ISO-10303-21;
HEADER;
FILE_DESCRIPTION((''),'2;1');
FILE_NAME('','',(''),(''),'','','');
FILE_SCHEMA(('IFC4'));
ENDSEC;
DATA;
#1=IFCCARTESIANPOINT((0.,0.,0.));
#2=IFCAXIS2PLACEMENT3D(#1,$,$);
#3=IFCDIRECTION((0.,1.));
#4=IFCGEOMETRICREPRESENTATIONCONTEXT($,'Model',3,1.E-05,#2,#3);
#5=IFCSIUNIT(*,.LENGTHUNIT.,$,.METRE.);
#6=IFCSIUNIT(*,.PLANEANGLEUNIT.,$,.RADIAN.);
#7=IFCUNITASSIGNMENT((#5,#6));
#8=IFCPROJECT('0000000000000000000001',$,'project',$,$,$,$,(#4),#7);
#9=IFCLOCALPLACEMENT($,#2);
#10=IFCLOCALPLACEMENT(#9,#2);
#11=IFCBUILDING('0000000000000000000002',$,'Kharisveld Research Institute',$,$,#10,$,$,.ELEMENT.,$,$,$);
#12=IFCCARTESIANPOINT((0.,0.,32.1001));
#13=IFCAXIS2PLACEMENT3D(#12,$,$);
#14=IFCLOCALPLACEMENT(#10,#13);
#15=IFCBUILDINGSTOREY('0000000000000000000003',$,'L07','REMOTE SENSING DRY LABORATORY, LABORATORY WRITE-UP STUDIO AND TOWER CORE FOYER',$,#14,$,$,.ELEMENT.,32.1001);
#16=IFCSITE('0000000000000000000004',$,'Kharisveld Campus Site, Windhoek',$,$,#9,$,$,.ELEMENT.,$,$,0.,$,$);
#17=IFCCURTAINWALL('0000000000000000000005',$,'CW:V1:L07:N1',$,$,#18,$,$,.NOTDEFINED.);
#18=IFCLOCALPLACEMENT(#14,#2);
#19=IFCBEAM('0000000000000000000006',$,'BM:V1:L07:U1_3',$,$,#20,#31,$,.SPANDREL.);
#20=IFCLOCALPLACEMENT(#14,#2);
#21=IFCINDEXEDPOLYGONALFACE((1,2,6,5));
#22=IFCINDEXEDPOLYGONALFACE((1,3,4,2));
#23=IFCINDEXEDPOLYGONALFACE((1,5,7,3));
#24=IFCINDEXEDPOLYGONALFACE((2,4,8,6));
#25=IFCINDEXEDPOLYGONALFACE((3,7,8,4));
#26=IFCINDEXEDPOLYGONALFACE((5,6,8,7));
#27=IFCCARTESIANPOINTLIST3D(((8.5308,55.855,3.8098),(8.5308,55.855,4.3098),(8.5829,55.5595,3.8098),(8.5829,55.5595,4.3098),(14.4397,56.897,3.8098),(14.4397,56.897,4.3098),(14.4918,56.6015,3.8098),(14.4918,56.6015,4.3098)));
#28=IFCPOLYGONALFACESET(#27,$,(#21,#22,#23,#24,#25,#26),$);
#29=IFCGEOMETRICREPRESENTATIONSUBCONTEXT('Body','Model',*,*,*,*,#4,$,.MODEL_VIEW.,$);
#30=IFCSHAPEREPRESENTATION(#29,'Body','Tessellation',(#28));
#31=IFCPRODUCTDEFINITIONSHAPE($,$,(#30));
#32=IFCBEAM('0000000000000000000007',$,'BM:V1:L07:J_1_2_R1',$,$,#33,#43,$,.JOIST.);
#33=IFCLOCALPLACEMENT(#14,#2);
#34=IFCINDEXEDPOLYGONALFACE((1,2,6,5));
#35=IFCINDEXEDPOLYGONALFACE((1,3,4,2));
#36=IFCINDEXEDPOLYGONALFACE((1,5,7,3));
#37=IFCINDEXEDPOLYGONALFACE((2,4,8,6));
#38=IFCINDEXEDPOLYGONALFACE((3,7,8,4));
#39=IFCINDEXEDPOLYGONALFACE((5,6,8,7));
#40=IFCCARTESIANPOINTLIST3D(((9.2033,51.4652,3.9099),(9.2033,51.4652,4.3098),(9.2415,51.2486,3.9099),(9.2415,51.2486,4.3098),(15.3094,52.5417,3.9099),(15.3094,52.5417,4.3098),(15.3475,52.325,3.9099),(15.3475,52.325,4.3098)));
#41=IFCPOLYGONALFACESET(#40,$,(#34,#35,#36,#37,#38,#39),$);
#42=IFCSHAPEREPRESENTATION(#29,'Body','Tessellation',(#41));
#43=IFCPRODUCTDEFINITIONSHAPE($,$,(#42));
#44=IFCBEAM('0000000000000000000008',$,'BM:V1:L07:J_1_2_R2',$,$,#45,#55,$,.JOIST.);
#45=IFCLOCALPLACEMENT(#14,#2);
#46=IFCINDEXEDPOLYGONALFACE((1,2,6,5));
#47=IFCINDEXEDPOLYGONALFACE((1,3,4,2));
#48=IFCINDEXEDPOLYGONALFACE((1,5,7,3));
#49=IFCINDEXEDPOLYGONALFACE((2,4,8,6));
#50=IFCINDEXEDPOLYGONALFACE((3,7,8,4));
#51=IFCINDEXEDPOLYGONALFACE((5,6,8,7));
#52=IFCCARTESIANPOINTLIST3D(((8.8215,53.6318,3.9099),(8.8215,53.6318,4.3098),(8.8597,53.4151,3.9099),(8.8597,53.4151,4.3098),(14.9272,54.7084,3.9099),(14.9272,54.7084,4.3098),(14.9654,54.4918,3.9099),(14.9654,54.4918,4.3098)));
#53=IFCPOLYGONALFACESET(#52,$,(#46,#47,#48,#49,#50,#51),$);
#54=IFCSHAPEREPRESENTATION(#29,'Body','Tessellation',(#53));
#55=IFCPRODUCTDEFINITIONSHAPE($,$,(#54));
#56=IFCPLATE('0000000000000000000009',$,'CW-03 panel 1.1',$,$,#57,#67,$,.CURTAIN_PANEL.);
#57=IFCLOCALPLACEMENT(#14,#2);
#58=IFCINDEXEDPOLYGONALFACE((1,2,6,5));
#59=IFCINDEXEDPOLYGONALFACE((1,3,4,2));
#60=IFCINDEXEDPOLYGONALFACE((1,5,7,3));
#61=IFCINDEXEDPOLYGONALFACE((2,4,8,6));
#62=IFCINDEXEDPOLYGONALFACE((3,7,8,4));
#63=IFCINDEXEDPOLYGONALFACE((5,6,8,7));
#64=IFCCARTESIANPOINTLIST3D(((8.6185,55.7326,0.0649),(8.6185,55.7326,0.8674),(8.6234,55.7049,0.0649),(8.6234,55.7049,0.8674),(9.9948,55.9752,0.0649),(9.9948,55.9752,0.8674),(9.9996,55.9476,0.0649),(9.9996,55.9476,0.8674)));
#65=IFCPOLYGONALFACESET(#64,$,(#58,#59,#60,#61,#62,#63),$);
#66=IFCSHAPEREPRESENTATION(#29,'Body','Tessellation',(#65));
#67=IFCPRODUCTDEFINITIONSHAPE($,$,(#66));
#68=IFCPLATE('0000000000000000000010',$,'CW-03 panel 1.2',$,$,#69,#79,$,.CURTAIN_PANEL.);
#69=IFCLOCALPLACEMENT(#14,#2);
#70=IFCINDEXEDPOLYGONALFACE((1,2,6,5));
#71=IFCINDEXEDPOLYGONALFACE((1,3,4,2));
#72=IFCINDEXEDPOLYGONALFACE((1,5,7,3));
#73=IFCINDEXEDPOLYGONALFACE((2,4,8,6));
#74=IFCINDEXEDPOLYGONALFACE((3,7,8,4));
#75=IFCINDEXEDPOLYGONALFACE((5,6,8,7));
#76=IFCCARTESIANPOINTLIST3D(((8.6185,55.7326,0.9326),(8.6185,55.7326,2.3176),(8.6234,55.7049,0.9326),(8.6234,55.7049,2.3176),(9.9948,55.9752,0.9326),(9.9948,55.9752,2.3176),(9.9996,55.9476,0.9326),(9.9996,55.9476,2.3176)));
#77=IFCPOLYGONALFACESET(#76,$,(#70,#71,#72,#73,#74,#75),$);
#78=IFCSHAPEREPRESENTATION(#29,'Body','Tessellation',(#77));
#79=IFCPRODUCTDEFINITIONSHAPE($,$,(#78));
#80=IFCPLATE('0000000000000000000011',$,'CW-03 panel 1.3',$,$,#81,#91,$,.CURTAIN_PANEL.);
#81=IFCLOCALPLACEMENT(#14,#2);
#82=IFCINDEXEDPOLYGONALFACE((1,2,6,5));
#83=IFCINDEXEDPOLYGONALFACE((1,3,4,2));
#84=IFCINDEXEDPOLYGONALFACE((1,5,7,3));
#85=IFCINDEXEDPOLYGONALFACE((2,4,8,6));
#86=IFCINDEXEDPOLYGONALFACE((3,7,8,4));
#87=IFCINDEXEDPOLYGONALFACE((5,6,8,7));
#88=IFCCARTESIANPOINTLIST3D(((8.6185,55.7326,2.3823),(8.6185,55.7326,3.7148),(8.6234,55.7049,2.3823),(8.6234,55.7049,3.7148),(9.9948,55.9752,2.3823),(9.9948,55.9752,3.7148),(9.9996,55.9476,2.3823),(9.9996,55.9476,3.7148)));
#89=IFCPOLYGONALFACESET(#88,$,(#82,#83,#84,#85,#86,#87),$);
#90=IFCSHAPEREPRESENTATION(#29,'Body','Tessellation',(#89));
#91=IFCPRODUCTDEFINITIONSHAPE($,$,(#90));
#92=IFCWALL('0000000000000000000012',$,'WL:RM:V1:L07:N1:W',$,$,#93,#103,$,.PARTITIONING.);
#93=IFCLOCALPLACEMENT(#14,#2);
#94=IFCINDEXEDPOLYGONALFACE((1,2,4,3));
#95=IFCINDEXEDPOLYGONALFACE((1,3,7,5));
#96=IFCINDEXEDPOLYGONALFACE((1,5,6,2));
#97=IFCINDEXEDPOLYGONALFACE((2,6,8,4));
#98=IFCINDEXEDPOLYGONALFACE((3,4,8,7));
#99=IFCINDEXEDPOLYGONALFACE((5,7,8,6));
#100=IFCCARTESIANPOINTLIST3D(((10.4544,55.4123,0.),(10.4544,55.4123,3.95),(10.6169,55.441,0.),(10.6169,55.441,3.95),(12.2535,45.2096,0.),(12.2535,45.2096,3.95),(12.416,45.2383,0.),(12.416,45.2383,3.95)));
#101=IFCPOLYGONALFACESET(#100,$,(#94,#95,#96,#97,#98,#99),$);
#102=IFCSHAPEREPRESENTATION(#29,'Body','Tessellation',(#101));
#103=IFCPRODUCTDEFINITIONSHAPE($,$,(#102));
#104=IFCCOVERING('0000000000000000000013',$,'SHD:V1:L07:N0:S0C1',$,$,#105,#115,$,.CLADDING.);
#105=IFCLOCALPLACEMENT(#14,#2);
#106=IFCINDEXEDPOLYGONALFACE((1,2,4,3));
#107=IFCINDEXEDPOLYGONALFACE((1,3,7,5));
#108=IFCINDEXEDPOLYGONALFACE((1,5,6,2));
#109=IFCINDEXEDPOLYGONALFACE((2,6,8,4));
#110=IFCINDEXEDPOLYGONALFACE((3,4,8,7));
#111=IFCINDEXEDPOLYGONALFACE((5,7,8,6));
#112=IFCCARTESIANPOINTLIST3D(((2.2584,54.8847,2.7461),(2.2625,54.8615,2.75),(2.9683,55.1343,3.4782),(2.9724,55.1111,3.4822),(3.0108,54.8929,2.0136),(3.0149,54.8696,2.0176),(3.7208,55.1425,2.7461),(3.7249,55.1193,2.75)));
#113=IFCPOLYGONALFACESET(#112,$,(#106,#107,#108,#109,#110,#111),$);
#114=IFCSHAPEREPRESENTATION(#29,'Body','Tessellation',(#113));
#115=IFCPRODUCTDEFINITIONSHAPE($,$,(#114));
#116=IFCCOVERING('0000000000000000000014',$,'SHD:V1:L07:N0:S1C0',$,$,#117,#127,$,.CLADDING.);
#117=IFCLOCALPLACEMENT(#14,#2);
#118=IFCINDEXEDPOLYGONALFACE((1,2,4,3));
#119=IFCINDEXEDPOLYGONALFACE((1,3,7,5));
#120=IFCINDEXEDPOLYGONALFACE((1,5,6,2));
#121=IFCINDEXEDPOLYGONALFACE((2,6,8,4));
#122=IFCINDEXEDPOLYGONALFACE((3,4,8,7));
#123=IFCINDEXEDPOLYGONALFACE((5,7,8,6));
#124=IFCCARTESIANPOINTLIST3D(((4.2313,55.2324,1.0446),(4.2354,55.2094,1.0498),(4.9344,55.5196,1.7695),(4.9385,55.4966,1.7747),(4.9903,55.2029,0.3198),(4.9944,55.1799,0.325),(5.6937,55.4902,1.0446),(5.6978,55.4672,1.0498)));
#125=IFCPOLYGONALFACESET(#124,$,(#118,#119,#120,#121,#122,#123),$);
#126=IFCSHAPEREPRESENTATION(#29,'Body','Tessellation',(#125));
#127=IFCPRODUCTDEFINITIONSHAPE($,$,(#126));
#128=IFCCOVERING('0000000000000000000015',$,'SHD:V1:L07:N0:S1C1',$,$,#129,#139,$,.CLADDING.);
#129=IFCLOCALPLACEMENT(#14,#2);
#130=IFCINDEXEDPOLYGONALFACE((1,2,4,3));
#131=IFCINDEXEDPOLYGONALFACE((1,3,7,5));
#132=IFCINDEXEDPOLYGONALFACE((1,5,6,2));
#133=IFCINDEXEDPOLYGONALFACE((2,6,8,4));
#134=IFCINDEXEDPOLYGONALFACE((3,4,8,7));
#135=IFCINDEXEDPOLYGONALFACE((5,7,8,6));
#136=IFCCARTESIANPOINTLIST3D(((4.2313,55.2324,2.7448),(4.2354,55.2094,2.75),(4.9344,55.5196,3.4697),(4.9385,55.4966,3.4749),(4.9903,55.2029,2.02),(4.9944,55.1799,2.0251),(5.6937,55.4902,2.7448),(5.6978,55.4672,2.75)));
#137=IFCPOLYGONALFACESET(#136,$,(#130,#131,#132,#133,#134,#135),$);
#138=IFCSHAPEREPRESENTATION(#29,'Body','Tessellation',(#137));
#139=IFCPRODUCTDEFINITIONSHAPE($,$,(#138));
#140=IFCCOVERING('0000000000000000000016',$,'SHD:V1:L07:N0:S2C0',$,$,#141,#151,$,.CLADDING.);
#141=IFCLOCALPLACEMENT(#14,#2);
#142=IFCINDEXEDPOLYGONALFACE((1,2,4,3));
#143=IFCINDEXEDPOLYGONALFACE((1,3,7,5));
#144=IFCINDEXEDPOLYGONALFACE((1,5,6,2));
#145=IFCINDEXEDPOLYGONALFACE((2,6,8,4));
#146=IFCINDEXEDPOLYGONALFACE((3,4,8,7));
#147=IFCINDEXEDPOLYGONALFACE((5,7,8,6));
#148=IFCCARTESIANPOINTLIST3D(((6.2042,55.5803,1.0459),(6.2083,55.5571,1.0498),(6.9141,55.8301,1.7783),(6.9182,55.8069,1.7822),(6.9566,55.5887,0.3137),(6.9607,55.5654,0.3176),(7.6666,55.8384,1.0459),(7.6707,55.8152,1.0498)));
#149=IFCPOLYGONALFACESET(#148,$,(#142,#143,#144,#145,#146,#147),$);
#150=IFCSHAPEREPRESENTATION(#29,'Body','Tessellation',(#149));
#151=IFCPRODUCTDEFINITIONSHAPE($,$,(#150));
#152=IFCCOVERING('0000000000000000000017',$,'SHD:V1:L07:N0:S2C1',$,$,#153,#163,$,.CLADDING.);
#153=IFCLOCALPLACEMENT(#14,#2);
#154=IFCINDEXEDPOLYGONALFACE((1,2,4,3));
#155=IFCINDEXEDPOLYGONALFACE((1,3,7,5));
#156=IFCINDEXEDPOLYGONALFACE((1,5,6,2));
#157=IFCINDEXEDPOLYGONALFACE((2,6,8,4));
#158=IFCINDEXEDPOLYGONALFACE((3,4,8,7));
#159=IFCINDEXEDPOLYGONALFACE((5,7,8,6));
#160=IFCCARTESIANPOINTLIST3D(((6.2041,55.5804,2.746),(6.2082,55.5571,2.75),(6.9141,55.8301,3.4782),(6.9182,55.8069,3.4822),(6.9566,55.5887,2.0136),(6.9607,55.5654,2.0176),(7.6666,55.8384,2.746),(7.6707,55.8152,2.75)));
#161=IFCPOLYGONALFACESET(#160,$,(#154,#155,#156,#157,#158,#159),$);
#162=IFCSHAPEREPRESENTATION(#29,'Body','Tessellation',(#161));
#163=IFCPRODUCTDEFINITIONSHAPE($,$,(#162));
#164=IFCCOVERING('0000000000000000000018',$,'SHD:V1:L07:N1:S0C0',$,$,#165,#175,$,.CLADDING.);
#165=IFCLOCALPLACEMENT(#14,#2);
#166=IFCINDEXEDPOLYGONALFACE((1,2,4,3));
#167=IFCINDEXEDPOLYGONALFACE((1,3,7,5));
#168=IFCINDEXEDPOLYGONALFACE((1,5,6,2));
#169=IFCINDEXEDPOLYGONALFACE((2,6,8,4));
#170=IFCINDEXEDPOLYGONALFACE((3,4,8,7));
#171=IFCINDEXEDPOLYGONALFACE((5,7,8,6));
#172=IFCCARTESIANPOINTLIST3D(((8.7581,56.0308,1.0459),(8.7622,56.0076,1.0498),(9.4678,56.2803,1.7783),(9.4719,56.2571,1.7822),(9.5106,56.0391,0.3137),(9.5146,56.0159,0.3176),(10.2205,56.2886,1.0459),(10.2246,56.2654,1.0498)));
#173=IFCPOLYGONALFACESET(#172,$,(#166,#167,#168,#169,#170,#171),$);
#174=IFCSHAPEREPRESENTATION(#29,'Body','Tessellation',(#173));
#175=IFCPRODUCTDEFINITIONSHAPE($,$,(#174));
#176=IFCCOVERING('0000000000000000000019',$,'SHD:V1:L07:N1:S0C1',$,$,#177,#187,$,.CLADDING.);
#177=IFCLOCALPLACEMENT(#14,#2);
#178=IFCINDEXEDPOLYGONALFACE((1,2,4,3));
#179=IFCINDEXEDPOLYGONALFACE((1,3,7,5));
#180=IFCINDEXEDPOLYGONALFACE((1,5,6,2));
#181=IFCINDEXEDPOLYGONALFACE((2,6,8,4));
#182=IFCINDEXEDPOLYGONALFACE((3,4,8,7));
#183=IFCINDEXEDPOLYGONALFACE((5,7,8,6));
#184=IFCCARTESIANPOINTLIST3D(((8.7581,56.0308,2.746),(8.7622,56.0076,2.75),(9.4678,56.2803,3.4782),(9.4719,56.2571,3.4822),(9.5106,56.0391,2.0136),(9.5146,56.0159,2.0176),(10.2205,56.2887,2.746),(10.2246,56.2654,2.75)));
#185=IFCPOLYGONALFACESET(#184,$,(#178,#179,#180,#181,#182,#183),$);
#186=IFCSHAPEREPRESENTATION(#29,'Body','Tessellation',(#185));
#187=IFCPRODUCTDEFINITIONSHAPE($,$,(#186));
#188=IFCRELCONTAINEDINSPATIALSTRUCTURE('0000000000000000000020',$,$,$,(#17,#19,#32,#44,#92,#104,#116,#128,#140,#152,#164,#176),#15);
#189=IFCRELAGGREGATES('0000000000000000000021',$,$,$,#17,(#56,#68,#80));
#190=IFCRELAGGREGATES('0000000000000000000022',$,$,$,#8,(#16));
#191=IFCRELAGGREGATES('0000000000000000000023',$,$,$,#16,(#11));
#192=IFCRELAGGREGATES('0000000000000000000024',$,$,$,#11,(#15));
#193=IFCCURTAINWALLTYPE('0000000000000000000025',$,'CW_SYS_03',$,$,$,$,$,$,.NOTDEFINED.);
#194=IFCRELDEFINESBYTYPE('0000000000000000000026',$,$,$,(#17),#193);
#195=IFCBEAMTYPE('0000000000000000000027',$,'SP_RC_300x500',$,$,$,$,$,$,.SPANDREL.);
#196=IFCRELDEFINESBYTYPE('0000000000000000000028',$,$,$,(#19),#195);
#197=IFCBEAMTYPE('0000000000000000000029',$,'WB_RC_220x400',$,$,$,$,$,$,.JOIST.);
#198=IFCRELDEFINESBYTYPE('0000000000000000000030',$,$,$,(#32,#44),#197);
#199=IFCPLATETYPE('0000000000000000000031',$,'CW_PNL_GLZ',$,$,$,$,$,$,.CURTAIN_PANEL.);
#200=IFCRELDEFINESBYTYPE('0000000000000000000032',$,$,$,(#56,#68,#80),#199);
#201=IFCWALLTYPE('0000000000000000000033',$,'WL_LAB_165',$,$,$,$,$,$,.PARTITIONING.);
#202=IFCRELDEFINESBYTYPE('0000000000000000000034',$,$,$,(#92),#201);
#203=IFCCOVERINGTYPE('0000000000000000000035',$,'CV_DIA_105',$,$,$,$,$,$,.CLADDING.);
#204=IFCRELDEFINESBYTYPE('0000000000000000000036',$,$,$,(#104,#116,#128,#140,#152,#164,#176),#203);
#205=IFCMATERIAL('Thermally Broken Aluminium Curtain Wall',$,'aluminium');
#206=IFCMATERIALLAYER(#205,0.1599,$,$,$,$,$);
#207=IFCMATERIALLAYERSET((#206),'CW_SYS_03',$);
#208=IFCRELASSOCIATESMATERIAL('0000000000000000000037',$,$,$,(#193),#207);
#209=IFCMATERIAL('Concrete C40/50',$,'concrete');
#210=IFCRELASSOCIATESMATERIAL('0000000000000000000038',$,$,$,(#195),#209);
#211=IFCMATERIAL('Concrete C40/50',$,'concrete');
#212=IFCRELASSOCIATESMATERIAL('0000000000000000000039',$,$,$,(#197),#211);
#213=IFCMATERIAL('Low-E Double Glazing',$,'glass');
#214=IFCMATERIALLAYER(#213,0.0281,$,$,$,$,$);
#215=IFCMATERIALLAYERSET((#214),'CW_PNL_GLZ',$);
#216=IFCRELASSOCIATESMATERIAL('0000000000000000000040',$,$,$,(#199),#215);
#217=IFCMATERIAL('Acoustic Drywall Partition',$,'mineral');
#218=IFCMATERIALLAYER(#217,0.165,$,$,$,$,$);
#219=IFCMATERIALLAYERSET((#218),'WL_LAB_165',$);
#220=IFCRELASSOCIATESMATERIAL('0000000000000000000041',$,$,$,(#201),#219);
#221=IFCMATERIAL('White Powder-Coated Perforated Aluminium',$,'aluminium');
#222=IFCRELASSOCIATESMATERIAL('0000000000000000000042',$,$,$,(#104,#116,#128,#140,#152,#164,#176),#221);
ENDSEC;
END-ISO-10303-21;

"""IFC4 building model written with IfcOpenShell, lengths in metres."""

from ifc_helpers import new_model, si_unit, direction, frame, frame_2d, origin, origin_2d, place, context, subcontext, project, spatial, polyline, rectangle, outline, extrude, material, layer, layer_set, material_profile, profile_set, type_object, element, aggregate, save


model = new_model("IFC4")

# Units and contexts
model_context = context("Model", 3, precision=1e-05, world=origin(), true_north=direction((0.0, 1.0)))
body_context = subcontext(model_context, "Body", "Model", "MODEL_VIEW")
ifc_project = project(units=[si_unit("LENGTHUNIT", "METRE"), si_unit("PLANEANGLEUNIT", "RADIAN")], contexts=[model_context])

# Site, building, storey
site_placement = place(None, origin())
site = spatial("IfcSite", under=ifc_project, at=site_placement, Name="Kharisveld Campus Site, Windhoek", CompositionType="ELEMENT", RefElevation=0.0)
building_placement = place(site_placement, origin())
building = spatial("IfcBuilding", under=site, at=building_placement, Name="Kharisveld Research Institute", CompositionType="ELEMENT")
storey_placement = place(building_placement, frame((0.0, 0.0, 32.1001)))
storey = spatial("IfcBuildingStorey", under=building, at=storey_placement, Name="L07", Description="REMOTE SENSING DRY LABORATORY, LABORATORY WRITE-UP STUDIO AND TOWER CORE FOYER", CompositionType="ELEMENT", Elevation=32.1001)

# Curtain wall
ifc_material_1 = material(Name="Thermally Broken Aluminium Curtain Wall", Category="aluminium")
ifc_layer_1 = layer(ifc_material_1, 0.1599)
ifc_layer_set_1 = layer_set([ifc_layer_1], Name="CW_SYS_03")
curtain_wall_type = type_object("IfcCurtainWallType", Name="CW_SYS_03", PredefinedType="NOTDEFINED", material=ifc_layer_set_1)
curtain_wall_placement = place(storey_placement, origin())
curtain_wall = element("IfcCurtainWall", 1, at=curtain_wall_placement, inside=storey, type_object=curtain_wall_type, Name="CW:V1:L07:N1", PredefinedType="NOTDEFINED")

# Beams
ifc_material_2 = material(Name="Concrete C40/50", Category="concrete")
ifc_material_profile_1 = material_profile(ifc_material_2, rectangle(XDim=0.3, YDim=0.5, at=origin_2d()))
ifc_profile_set_1 = profile_set([ifc_material_profile_1], Name="Concrete C40/50")
beam_type_1 = type_object("IfcBeamType", Name="SP_RC_300x500", PredefinedType="SPANDREL", material=ifc_profile_set_1)
beam_1_placement = place(storey_placement, frame((8.5569, 55.7073, 4.0598), z_axis=(0.984805, 0.173662, 0.0), x_axis=(-0.173662, 0.984805, 0.0)))
element("IfcBeam", 2, at=beam_1_placement, inside=storey, type_object=beam_type_1, Name="BM:V1:L07:U1_3", PredefinedType="SPANDREL", context=body_context, shape_type="SweptSolid", body=[
    extrude(rectangle(XDim=0.3, YDim=0.5, at=origin_2d()), origin(), (0.0, 0.0, 1.0), 6.0),
])
ifc_material_3 = material(Name="Concrete C40/50", Category="concrete")
ifc_material_profile_2 = material_profile(ifc_material_3, rectangle(XDim=0.22, YDim=0.3999, at=origin_2d()))
ifc_profile_set_2 = profile_set([ifc_material_profile_2], Name="Concrete C40/50")
beam_type_2 = type_object("IfcBeamType", Name="WB_RC_220x400", PredefinedType="JOIST", material=ifc_profile_set_2)
beam_2_placement = place(storey_placement, frame((9.2224, 51.3569, 4.1099), z_axis=(0.984814, 0.173612, 0.0), x_axis=(-0.173612, 0.984814, 0.0)))
element("IfcBeam", 3, at=beam_2_placement, inside=storey, type_object=beam_type_2, Name="BM:V1:L07:J_1_2_R1", PredefinedType="JOIST", context=body_context, shape_type="SweptSolid", body=[
    extrude(rectangle(XDim=0.22, YDim=0.3999, at=origin_2d()), origin(), (0.0, 0.0, 1.0), 6.2002),
])
beam_3_placement = place(storey_placement, frame((8.8406, 53.5234, 4.1099), z_axis=(0.984806, 0.173657, 0.0), x_axis=(-0.173657, 0.984806, 0.0)))
element("IfcBeam", 4, at=beam_3_placement, inside=storey, type_object=beam_type_2, Name="BM:V1:L07:J_1_2_R2", PredefinedType="JOIST", context=body_context, shape_type="SweptSolid", body=[
    extrude(rectangle(XDim=0.22, YDim=0.3999, at=origin_2d()), origin(), (0.0, 0.0, 1.0), 6.2),
])

# Plates
ifc_material_4 = material(Name="Low-E Double Glazing", Category="glass")
ifc_layer_2 = layer(ifc_material_4, 0.0281)
ifc_layer_set_2 = layer_set([ifc_layer_2], Name="CW_PNL_GLZ")
plate_type = type_object("IfcPlateType", Name="CW_PNL_GLZ", PredefinedType="CURTAIN_PANEL", material=ifc_layer_set_2)
plate_1_placement = place(storey_placement, frame((9.3091, 55.8401, 0.0649), z_axis=(0.0, 0.0, 1.0), x_axis=(0.984808, 0.173648, 0.0)))
plate_1 = element("IfcPlate", 5, at=plate_1_placement, type_object=plate_type, Name="CW-03 panel 1.1", PredefinedType="CURTAIN_PANEL", context=body_context, shape_type="SweptSolid", body=[
    extrude(rectangle(XDim=1.3975, YDim=0.0281, at=origin_2d()), origin(), (0.0, 0.0, 1.0), 0.8025),
])
plate_2_placement = place(storey_placement, frame((9.3091, 55.8401, 0.9326), z_axis=(0.0, 0.0, 1.0), x_axis=(0.984808, 0.173648, 0.0)))
plate_2 = element("IfcPlate", 6, at=plate_2_placement, type_object=plate_type, Name="CW-03 panel 1.2", PredefinedType="CURTAIN_PANEL", context=body_context, shape_type="SweptSolid", body=[
    extrude(rectangle(XDim=1.3975, YDim=0.0281, at=origin_2d()), origin(), (0.0, 0.0, 1.0), 1.385),
])
plate_3_placement = place(storey_placement, frame((9.3091, 55.8401, 2.3823), z_axis=(0.0, 0.0, 1.0), x_axis=(0.984808, 0.173648, 0.0)))
plate_3 = element("IfcPlate", 7, at=plate_3_placement, type_object=plate_type, Name="CW-03 panel 1.3", PredefinedType="CURTAIN_PANEL", context=body_context, shape_type="SweptSolid", body=[
    extrude(rectangle(XDim=1.3975, YDim=0.0281, at=origin_2d()), origin(), (0.0, 0.0, 1.0), 1.3325),
])
aggregate(curtain_wall, [plate_1, plate_2, plate_3])

# Wall
ifc_material_5 = material(Name="Acoustic Drywall Partition", Category="mineral")
ifc_layer_3 = layer(ifc_material_5, 0.165)
ifc_layer_set_3 = layer_set([ifc_layer_3], Name="WL_LAB_165")
wall_type = type_object("IfcWallType", Name="WL_LAB_165", PredefinedType="PARTITIONING", material=ifc_layer_set_3)
wall_placement = place(storey_placement, frame((10.5356, 55.4268, 0.0), z_axis=(0.0, 0.0, 1.0), x_axis=(0.173655, -0.984807, 0.0)))
element("IfcWall", 8, at=wall_placement, inside=storey, type_object=wall_type, Name="WL:RM:V1:L07:N1:W", PredefinedType="PARTITIONING", context=body_context, shape_type="SweptSolid", body=[
    extrude(rectangle(XDim=10.3601, YDim=0.165, at=frame_2d((5.1802, 0.0))), origin(), (0.0, 0.0, 1.0), 3.95),
])

# Coverings
ifc_material_6 = material(Name="White Powder-Coated Perforated Aluminium", Category="aluminium")
covering_type = type_object("IfcCoveringType", Name="CV_DIA_105", PredefinedType="CLADDING")
covering_1_placement = place(storey_placement, frame((3.0149, 54.8696, 2.0176), z_axis=(0.171234, -0.971299, 0.165096), x_axis=(0.676058, 0.237732, 0.697445)))
element("IfcCovering", 9, at=covering_1_placement, inside=storey, type_object=covering_type, material=ifc_material_6, Name="SHD:V1:L07:N0:S0C1", PredefinedType="CLADDING", context=body_context, shape_type="SweptSolid", body=[
    extrude(outline(polyline([(0.0, 0.0), (1.0502, 0.0), (1.0502, 1.0499), (0.0002, 1.0501), (0.0, 0.0)])), origin(), (0.0, 0.0, -1.0), 0.0239),
])
for number, where, z_axis, x_axis, name in (
    (10, (4.9944, 55.1799, 0.325), (0.169497, -0.961447, 0.21654), (0.669826, 0.273555, 0.69029), "SHD:V1:L07:N0:S1C0"),
    (11, (4.9944, 55.1799, 2.0251), (0.169497, -0.961447, 0.21654), (0.669826, 0.273555, 0.69029), "SHD:V1:L07:N0:S1C1"),
):
    element("IfcCovering", number, at=place(storey_placement, frame(where, z_axis=z_axis, x_axis=x_axis)), inside=storey, type_object=covering_type, material=ifc_material_6, Name=name, PredefinedType="CLADDING", context=body_context, shape_type="SweptSolid", body=[
        extrude(outline(polyline([(0.0, 0.0), (1.0501, 0.0), (1.0499, 1.0501), (0.0, 1.05), (0.0, 0.0)])), origin(), (0.0, 0.0, -1.0), 0.0239),
    ])
covering_2_placement = place(storey_placement, frame((6.9607, 55.5654, 0.3176), z_axis=(0.171391, -0.971272, 0.165096), x_axis=(0.676154, 0.237843, 0.697313)))
element("IfcCovering", 12, at=covering_2_placement, inside=storey, type_object=covering_type, material=ifc_material_6, Name="SHD:V1:L07:N0:S2C0", PredefinedType="CLADDING", context=body_context, shape_type="SweptSolid", body=[
    extrude(outline(polyline([(0.0, 0.0), (1.05, 0.0), (1.05, 1.0501), (-0.0002, 1.0499), (0.0, 0.0)])), origin(), (0.0, 0.0, -1.0), 0.0239),
])
covering_3_placement = place(storey_placement, frame((6.9607, 55.5654, 2.0176), z_axis=(0.171391, -0.971272, 0.165096), x_axis=(0.676038, 0.237842, 0.697426)))
element("IfcCovering", 13, at=covering_3_placement, inside=storey, type_object=covering_type, material=ifc_material_6, Name="SHD:V1:L07:N0:S2C1", PredefinedType="CLADDING", context=body_context, shape_type="SweptSolid", body=[
    extrude(outline(polyline([(0.0, 0.0), (1.0502, 0.0), (1.0502, 1.0499), (0.0002, 1.0501), (0.0, 0.0)])), origin(), (0.0, 0.0, -1.0), 0.0239),
])
covering_4_placement = place(storey_placement, frame((9.5146, 56.0159, 0.3176), z_axis=(0.171238, -0.971321, 0.164966), x_axis=(0.676188, 0.237643, 0.697348)))
element("IfcCovering", 14, at=covering_4_placement, inside=storey, type_object=covering_type, material=ifc_material_6, Name="SHD:V1:L07:N1:S0C0", PredefinedType="CLADDING", context=body_context, shape_type="SweptSolid", body=[
    extrude(outline(polyline([(0.0, 0.0), (1.0499, 0.0), (1.0498, 1.0503), (-0.0002, 1.0499), (0.0, 0.0)])), origin(), (0.0, 0.0, -1.0), 0.0239),
])
covering_5_placement = place(storey_placement, frame((9.5146, 56.0159, 2.0176), z_axis=(0.171238, -0.971321, 0.164966), x_axis=(0.676072, 0.237642, 0.697462)))
element("IfcCovering", 15, at=covering_5_placement, inside=storey, type_object=covering_type, material=ifc_material_6, Name="SHD:V1:L07:N1:S0C1", PredefinedType="CLADDING", context=body_context, shape_type="SweptSolid", body=[
    extrude(outline(polyline([(0.0, 0.0), (1.0501, 0.0), (1.0499, 1.0501), (0.0002, 1.0501), (0.0, 0.0)])), origin(), (0.0, 0.0, -1.0), 0.0239),
])

save(model, "model.ifc")
